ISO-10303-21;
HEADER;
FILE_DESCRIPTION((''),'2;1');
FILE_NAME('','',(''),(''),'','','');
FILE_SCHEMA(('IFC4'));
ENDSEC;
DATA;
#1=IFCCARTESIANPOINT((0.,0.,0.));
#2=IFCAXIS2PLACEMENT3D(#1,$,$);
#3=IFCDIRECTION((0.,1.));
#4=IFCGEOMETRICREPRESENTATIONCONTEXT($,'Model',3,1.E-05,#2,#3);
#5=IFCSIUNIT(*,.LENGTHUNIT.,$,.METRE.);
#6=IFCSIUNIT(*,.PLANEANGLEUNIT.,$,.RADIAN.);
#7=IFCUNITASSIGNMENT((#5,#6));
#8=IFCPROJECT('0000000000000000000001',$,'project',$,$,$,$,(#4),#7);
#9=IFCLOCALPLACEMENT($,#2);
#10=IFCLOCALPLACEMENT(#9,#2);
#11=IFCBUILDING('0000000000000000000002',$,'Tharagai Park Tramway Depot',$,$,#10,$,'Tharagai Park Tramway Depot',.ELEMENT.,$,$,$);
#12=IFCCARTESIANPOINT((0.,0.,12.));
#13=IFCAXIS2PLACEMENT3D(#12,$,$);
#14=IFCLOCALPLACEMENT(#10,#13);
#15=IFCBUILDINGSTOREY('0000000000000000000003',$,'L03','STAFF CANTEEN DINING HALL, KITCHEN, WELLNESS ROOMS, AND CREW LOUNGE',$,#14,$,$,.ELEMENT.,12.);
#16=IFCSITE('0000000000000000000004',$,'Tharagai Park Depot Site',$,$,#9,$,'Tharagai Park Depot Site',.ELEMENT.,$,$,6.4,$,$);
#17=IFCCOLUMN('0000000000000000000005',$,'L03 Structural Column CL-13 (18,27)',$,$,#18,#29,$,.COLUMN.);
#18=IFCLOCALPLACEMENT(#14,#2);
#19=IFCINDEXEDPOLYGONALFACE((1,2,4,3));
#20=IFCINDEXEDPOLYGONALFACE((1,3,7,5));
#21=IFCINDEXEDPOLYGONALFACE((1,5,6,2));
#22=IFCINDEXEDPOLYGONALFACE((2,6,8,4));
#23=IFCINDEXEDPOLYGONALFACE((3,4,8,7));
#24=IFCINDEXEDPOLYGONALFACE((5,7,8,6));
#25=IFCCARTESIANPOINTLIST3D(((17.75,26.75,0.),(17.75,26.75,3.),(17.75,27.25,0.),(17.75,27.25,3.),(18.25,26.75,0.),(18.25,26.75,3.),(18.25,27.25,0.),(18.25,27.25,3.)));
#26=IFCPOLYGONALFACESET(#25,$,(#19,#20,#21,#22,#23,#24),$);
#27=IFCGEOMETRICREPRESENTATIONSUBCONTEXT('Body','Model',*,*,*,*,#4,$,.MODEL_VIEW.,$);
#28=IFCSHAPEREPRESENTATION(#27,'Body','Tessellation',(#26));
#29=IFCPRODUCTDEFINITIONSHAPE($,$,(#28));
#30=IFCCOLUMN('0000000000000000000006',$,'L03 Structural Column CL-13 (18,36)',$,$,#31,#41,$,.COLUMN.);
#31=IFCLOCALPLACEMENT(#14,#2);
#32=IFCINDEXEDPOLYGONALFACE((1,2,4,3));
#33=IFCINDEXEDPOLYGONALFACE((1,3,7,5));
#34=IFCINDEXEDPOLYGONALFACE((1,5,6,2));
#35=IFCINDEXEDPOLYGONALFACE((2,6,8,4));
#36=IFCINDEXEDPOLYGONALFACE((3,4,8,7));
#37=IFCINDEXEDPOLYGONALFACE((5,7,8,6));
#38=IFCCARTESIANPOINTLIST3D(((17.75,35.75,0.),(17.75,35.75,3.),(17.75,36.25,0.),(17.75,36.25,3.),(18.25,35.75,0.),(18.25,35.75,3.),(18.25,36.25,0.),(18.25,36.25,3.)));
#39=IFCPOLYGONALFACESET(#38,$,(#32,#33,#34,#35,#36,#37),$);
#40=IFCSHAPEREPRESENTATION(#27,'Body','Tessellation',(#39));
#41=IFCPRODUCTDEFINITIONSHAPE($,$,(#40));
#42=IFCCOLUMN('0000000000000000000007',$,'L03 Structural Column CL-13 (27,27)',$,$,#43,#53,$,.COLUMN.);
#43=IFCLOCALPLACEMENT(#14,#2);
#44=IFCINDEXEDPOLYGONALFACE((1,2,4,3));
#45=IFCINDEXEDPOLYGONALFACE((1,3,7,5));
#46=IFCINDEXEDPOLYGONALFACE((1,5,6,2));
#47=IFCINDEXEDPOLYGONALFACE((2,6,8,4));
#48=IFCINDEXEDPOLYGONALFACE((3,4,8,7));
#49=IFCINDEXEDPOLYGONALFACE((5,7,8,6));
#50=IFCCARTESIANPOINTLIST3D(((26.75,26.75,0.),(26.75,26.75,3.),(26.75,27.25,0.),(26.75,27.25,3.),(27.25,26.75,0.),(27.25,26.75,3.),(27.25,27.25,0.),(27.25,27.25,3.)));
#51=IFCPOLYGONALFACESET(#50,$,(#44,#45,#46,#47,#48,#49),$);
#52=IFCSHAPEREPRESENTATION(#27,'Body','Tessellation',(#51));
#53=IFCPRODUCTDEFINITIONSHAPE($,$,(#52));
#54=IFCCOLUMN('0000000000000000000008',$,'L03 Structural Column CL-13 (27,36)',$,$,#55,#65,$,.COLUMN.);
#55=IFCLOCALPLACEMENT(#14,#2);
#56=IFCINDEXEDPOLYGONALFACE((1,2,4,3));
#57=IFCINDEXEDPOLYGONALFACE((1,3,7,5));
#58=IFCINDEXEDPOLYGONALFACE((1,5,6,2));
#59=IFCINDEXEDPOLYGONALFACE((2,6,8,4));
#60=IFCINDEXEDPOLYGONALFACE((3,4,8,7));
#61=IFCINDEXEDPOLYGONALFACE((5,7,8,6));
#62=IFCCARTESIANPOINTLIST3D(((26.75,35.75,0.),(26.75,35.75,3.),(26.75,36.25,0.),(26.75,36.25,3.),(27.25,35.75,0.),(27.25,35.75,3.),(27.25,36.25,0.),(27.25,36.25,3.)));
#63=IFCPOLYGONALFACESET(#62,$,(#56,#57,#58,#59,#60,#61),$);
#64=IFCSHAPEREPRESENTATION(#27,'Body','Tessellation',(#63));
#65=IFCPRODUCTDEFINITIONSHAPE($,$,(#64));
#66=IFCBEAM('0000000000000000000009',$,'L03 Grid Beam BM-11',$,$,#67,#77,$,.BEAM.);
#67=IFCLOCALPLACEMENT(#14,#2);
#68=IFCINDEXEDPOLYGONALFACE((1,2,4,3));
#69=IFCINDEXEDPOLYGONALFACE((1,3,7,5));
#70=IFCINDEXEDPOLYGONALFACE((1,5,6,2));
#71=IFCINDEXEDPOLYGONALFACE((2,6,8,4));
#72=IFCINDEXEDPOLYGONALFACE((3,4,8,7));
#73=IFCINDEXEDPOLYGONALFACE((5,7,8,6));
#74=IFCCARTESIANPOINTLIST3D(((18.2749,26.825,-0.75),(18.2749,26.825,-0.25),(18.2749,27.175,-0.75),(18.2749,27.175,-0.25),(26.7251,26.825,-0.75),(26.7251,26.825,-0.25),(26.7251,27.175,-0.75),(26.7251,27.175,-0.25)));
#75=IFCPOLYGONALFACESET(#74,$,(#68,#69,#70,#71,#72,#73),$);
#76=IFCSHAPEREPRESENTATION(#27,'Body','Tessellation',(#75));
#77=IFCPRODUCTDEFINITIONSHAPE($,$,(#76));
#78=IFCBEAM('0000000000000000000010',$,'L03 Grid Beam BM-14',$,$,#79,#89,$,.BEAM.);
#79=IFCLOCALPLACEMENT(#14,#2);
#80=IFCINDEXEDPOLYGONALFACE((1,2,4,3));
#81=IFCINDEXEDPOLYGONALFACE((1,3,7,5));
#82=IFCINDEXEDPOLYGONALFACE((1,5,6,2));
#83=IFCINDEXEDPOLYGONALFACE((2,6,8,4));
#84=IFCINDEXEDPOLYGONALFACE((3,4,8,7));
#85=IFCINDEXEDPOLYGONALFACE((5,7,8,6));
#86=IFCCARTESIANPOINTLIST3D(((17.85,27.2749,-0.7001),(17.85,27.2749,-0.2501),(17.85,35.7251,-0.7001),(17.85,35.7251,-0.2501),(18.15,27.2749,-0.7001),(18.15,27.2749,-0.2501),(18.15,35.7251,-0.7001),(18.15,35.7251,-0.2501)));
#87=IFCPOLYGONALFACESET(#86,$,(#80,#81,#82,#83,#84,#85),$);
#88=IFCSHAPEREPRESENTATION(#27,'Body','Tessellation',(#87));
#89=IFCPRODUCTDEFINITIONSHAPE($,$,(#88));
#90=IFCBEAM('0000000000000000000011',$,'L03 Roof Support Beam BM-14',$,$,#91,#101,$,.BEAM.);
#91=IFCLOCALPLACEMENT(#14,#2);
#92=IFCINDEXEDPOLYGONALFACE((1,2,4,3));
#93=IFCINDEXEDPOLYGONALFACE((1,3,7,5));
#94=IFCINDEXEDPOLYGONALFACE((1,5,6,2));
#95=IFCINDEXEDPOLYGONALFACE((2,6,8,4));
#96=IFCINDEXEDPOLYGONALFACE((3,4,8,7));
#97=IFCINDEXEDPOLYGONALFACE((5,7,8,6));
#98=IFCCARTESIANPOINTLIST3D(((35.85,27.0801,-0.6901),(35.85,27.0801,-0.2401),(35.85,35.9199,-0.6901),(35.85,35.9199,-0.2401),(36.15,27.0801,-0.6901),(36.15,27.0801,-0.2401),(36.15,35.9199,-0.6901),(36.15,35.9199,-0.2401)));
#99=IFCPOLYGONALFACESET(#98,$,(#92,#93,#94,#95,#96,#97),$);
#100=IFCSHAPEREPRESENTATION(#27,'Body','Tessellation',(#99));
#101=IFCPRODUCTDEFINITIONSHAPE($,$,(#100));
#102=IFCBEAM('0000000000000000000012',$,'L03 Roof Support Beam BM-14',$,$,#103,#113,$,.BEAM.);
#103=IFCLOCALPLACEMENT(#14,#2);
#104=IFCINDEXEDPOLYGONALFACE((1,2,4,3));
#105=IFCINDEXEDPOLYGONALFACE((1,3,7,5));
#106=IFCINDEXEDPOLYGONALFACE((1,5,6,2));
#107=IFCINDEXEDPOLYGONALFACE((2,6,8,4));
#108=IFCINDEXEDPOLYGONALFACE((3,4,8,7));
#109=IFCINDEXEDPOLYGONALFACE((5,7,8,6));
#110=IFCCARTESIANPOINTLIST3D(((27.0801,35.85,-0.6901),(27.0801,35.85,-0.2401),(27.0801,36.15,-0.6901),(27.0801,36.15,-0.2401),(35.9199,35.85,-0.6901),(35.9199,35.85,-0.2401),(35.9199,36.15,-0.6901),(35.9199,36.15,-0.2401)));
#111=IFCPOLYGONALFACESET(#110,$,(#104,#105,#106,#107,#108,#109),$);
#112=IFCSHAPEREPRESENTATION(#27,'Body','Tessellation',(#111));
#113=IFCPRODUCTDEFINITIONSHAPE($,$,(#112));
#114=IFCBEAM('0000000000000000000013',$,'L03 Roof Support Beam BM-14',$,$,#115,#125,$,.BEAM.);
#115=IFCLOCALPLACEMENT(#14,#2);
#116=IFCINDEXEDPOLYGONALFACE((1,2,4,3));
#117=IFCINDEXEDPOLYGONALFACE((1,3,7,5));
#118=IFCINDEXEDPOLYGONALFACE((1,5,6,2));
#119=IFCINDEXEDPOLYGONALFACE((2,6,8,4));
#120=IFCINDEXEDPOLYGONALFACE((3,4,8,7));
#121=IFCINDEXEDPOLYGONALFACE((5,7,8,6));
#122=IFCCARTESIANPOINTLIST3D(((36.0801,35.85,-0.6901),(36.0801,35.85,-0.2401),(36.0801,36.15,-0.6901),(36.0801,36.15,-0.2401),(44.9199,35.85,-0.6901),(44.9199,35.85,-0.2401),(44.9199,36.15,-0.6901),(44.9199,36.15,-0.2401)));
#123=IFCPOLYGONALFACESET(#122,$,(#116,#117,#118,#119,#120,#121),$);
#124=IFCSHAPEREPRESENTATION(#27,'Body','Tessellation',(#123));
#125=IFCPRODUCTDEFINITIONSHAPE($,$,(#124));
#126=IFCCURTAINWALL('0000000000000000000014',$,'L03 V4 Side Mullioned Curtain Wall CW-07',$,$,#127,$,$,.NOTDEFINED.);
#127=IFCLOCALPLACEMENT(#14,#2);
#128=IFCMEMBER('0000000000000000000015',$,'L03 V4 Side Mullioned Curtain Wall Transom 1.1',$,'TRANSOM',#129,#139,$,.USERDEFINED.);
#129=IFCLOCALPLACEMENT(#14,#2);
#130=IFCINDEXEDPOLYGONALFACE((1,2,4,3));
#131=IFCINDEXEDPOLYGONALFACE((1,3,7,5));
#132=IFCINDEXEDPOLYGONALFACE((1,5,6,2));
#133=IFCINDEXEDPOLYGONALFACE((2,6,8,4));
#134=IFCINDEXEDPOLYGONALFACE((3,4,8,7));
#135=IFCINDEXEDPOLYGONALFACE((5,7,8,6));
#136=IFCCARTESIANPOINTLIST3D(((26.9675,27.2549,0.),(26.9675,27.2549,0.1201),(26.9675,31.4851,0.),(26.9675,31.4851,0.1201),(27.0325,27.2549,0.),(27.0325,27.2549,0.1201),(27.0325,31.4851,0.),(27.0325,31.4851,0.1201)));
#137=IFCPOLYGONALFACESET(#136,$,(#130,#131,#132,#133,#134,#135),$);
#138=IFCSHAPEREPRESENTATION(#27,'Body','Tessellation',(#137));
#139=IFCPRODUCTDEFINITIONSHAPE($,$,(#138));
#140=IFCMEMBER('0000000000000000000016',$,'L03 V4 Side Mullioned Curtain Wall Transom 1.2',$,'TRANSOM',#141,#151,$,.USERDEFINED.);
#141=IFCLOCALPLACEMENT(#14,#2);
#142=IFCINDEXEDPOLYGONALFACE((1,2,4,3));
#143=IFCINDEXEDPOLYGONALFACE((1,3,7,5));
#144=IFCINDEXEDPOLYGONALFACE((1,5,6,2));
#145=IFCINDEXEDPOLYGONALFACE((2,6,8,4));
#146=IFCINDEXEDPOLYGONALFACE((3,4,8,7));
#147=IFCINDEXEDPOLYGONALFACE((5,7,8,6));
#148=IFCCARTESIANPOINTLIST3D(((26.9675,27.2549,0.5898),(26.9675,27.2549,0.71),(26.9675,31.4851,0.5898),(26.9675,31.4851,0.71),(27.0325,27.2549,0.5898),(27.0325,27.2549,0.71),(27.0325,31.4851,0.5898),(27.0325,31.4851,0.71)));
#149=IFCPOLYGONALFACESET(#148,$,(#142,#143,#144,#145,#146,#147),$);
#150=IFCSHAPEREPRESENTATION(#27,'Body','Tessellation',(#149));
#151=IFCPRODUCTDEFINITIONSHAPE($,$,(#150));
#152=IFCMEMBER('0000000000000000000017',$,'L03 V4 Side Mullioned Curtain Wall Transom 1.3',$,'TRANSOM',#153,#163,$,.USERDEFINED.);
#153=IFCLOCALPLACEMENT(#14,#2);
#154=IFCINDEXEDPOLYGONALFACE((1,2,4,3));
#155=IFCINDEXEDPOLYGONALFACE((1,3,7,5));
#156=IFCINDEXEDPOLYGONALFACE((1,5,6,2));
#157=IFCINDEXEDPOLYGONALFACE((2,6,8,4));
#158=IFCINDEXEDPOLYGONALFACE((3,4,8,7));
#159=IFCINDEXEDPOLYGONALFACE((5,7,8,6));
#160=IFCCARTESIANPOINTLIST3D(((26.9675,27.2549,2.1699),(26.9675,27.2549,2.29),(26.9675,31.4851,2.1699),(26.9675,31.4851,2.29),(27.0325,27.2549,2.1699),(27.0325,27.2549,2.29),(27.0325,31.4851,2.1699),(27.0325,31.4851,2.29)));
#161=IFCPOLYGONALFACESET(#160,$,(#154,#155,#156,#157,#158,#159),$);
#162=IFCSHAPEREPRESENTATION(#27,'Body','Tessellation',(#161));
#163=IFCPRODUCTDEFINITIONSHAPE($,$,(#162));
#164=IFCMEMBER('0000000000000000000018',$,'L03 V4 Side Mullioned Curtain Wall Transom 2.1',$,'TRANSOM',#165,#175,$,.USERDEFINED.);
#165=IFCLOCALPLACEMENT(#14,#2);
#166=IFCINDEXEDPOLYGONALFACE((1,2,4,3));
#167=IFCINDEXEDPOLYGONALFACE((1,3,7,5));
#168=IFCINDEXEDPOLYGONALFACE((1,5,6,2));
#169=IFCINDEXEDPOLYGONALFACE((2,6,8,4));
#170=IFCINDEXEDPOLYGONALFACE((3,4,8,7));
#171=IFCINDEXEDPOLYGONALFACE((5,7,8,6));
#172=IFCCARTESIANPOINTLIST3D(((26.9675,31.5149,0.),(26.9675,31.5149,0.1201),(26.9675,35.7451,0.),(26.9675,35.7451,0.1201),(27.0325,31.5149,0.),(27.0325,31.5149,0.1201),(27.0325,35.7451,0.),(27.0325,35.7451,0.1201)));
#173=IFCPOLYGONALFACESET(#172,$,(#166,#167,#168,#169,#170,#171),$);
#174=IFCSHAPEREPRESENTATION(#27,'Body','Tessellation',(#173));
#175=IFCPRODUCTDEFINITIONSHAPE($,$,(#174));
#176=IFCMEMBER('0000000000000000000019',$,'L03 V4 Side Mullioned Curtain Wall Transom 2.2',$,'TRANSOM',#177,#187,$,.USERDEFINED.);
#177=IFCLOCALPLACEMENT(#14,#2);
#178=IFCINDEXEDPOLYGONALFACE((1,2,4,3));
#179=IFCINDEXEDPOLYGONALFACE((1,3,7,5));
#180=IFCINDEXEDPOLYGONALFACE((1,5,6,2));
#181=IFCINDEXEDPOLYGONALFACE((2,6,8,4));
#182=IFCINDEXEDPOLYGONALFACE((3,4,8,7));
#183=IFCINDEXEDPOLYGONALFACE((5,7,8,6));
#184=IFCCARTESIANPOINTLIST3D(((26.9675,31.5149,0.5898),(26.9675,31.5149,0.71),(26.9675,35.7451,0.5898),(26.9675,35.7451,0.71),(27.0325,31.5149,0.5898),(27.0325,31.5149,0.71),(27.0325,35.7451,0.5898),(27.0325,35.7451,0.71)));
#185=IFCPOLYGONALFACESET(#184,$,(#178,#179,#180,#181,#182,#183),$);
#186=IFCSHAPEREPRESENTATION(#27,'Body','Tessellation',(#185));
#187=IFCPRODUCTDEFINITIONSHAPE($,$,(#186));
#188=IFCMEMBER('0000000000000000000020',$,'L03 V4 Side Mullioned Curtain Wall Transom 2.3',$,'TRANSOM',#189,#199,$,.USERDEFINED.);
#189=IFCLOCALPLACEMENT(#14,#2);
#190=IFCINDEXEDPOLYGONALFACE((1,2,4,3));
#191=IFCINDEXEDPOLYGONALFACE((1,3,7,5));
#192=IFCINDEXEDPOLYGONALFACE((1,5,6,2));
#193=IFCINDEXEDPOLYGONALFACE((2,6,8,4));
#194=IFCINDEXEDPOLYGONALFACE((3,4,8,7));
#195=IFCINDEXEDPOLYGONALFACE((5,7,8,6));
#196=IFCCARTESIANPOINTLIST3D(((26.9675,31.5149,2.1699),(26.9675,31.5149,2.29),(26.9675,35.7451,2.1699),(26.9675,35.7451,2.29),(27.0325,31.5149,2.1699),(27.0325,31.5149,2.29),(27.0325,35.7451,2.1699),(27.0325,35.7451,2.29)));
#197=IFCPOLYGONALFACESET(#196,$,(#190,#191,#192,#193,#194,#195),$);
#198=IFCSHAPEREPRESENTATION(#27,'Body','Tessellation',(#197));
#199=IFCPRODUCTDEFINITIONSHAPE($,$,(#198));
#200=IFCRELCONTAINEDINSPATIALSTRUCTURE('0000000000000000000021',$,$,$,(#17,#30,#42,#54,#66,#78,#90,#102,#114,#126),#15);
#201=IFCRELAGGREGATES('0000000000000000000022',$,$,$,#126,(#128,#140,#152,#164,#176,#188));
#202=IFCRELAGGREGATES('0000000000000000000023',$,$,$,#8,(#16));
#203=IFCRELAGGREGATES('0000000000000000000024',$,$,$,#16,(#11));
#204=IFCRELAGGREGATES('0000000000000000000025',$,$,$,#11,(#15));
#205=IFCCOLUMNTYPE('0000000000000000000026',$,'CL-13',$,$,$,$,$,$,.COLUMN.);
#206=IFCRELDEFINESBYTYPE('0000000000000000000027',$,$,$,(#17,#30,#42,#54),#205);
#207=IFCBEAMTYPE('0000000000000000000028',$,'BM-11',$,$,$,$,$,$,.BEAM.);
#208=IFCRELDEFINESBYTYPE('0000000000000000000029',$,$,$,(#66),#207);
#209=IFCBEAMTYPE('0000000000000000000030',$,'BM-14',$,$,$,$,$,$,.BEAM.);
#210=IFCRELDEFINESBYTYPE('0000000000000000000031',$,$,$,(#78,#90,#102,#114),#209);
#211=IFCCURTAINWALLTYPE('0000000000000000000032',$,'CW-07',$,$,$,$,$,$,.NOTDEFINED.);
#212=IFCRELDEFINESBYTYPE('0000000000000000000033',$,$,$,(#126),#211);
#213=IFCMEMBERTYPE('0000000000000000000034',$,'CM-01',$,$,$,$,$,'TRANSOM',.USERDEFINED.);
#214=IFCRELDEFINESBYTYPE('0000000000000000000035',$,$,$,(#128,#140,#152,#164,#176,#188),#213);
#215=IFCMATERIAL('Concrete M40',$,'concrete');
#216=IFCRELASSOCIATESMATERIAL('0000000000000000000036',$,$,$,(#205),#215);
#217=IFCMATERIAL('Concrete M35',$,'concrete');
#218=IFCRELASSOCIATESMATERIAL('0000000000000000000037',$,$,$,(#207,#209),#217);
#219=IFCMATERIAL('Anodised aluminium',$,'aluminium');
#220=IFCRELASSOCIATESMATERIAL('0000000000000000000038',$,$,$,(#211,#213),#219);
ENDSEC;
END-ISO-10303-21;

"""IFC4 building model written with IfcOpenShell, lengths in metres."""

from ifc_helpers import new_model, si_unit, direction, frame, origin, origin_2d, place, context, subcontext, project, spatial, rectangle, extrude, material, material_profile, profile_set, type_object, element, aggregate, save


model = new_model("IFC4")

# Units and contexts
model_context = context("Model", 3, precision=1e-05, world=origin(), true_north=direction((0.0, 1.0)))
body_context = subcontext(model_context, "Body", "Model", "MODEL_VIEW")
ifc_project = project(units=[si_unit("LENGTHUNIT", "METRE"), si_unit("PLANEANGLEUNIT", "RADIAN")], contexts=[model_context])

# Site, building, storey
site_placement = place(None, origin())
site = spatial("IfcSite", under=ifc_project, at=site_placement, Name="Tharagai Park Depot Site", LongName="Tharagai Park Depot Site", CompositionType="ELEMENT", RefElevation=6.4)
building_placement = place(site_placement, origin())
building = spatial("IfcBuilding", under=site, at=building_placement, Name="Tharagai Park Tramway Depot", LongName="Tharagai Park Tramway Depot", CompositionType="ELEMENT")
storey_placement = place(building_placement, frame((0.0, 0.0, 12.0)))
storey = spatial("IfcBuildingStorey", under=building, at=storey_placement, Name="L03", Description="STAFF CANTEEN DINING HALL, KITCHEN, WELLNESS ROOMS, AND CREW LOUNGE", CompositionType="ELEMENT", Elevation=12.0)

# Columns
ifc_material_1 = material(Name="Concrete M40", Category="concrete")
ifc_material_profile_1 = material_profile(ifc_material_1, rectangle(XDim=0.5, YDim=0.5, at=origin_2d()), Name="RC 500x500")
ifc_profile_set_1 = profile_set([ifc_material_profile_1], Name="Concrete M40")
column_type = type_object("IfcColumnType", Name="CL-13", PredefinedType="COLUMN", material=ifc_profile_set_1)
for number, where, z_axis, x_axis, name in (
    (1, (18.0, 27.0, 0.0), (0.0, 0.0, 1.0), (1.0, 0.0, 0.0), "L03 Structural Column CL-13 (18,27)"),
    (2, (18.0, 36.0, 0.0), (0.0, 0.0, 1.0), (1.0, 0.0, 0.0), "L03 Structural Column CL-13 (18,36)"),
    (3, (27.0, 27.0, 0.0), (0.0, 0.0, 1.0), (1.0, 0.0, 0.0), "L03 Structural Column CL-13 (27,27)"),
    (4, (27.0, 36.0, 0.0), (0.0, 0.0, 1.0), (1.0, 0.0, 0.0), "L03 Structural Column CL-13 (27,36)"),
):
    element("IfcColumn", number, at=place(storey_placement, frame(where, z_axis=z_axis, x_axis=x_axis)), inside=storey, type_object=column_type, Name=name, PredefinedType="COLUMN", context=body_context, shape_type="SweptSolid", body=[
        extrude(rectangle(XDim=0.5, YDim=0.5, at=origin_2d()), origin(), (0.0, 0.0, 1.0), 3.0),
    ])

# Beams
ifc_material_2 = material(Name="Concrete M35", Category="concrete")
ifc_material_profile_2 = material_profile(ifc_material_2, rectangle(XDim=0.3501, YDim=0.5, at=origin_2d()), Name="RC 350x500")
ifc_profile_set_2 = profile_set([ifc_material_profile_2], Name="Concrete M35")
beam_type_1 = type_object("IfcBeamType", Name="BM-11", PredefinedType="BEAM", material=ifc_profile_set_2)
beam_1_placement = place(storey_placement, frame((18.2749, 27.0, -0.5), z_axis=(1.0, 0.0, 0.0), x_axis=(0.0, 1.0, 0.0)))
element("IfcBeam", 5, at=beam_1_placement, inside=storey, type_object=beam_type_1, Name="L03 Grid Beam BM-11", PredefinedType="BEAM", context=body_context, shape_type="SweptSolid", body=[
    extrude(rectangle(XDim=0.3501, YDim=0.5, at=origin_2d()), origin(), (0.0, 0.0, 1.0), 8.4502),
])
ifc_material_profile_3 = material_profile(ifc_material_2, rectangle(XDim=0.3, YDim=0.45, at=origin_2d()), Name="RC 300x450")
ifc_profile_set_3 = profile_set([ifc_material_profile_3], Name="Concrete M35")
beam_type_2 = type_object("IfcBeamType", Name="BM-14", PredefinedType="BEAM", material=ifc_profile_set_3)
beam_2_placement = place(storey_placement, frame((18.0, 27.2749, -0.4751), z_axis=(0.0, 1.0, 0.0), x_axis=(-1.0, 0.0, 0.0)))
element("IfcBeam", 6, at=beam_2_placement, inside=storey, type_object=beam_type_2, Name="L03 Grid Beam BM-14", PredefinedType="BEAM", context=body_context, shape_type="SweptSolid", body=[
    extrude(rectangle(XDim=0.3, YDim=0.45, at=origin_2d()), origin(), (0.0, 0.0, 1.0), 8.4502),
])
for number, where, z_axis, x_axis, name in (
    (7, (36.0, 27.0801, -0.4651), (0.0, 1.0, 0.0), (-1.0, 0.0, 0.0), "L03 Roof Support Beam BM-14"),
    (8, (27.0801, 36.0, -0.4651), (1.0, 0.0, 0.0), (0.0, 1.0, 0.0), "L03 Roof Support Beam BM-14"),
    (9, (36.0801, 36.0, -0.4651), (1.0, 0.0, 0.0), (0.0, 1.0, 0.0), "L03 Roof Support Beam BM-14"),
):
    element("IfcBeam", number, at=place(storey_placement, frame(where, z_axis=z_axis, x_axis=x_axis)), inside=storey, type_object=beam_type_2, Name=name, PredefinedType="BEAM", context=body_context, shape_type="SweptSolid", body=[
        extrude(rectangle(XDim=0.3, YDim=0.45, at=origin_2d()), origin(), (0.0, 0.0, 1.0), 8.8398),
    ])

# Curtain wall, members
ifc_material_3 = material(Name="Anodised aluminium", Category="aluminium")
curtain_wall_type = type_object("IfcCurtainWallType", Name="CW-07", PredefinedType="NOTDEFINED", material=ifc_material_3)
curtain_wall_placement = place(storey_placement, origin())
curtain_wall = element("IfcCurtainWall", 10, at=curtain_wall_placement, inside=storey, type_object=curtain_wall_type, Name="L03 V4 Side Mullioned Curtain Wall CW-07", PredefinedType="NOTDEFINED")
ifc_material_profile_4 = material_profile(ifc_material_3, rectangle(XDim=0.0649, YDim=0.1201, at=origin_2d()), Name="ALU 65x120")
ifc_profile_set_4 = profile_set([ifc_material_profile_4], Name="Anodised aluminium")
member_type_1 = type_object("IfcMemberType", Name="CM-01", ElementType="TRANSOM", PredefinedType="USERDEFINED", material=ifc_profile_set_4)
member_1_placement = place(storey_placement, frame((27.0, 27.2549, 0.0601), z_axis=(0.0, 1.0, 0.0), x_axis=(-1.0, 0.0, 0.0)))
member_1 = element("IfcMember", 11, at=member_1_placement, type_object=member_type_1, Name="L03 V4 Side Mullioned Curtain Wall Transom 1.1", ObjectType="TRANSOM", PredefinedType="USERDEFINED", context=body_context, shape_type="SweptSolid", body=[
    extrude(rectangle(XDim=0.0649, YDim=0.1201, at=origin_2d()), origin(), (0.0, 0.0, 1.0), 4.2302),
])
member_2_placement = place(storey_placement, frame((27.0, 27.2549, 0.6499), z_axis=(0.0, 1.0, 0.0), x_axis=(-1.0, 0.0, 0.0)))
member_2 = element("IfcMember", 12, at=member_2_placement, type_object=member_type_1, Name="L03 V4 Side Mullioned Curtain Wall Transom 1.2", ObjectType="TRANSOM", PredefinedType="USERDEFINED", context=body_context, shape_type="SweptSolid", body=[
    extrude(rectangle(XDim=0.0649, YDim=0.1201, at=origin_2d()), origin(), (0.0, 0.0, 1.0), 4.2302),
])
member_3_placement = place(storey_placement, frame((27.0, 27.2549, 2.23), z_axis=(0.0, 1.0, 0.0), x_axis=(-1.0, 0.0, 0.0)))
member_3 = element("IfcMember", 13, at=member_3_placement, type_object=member_type_1, Name="L03 V4 Side Mullioned Curtain Wall Transom 1.3", ObjectType="TRANSOM", PredefinedType="USERDEFINED", context=body_context, shape_type="SweptSolid", body=[
    extrude(rectangle(XDim=0.0649, YDim=0.1201, at=origin_2d()), origin(), (0.0, 0.0, 1.0), 4.2302),
])
member_4_placement = place(storey_placement, frame((27.0, 31.5149, 0.0601), z_axis=(0.0, 1.0, 0.0), x_axis=(-1.0, 0.0, 0.0)))
member_4 = element("IfcMember", 14, at=member_4_placement, type_object=member_type_1, Name="L03 V4 Side Mullioned Curtain Wall Transom 2.1", ObjectType="TRANSOM", PredefinedType="USERDEFINED", context=body_context, shape_type="SweptSolid", body=[
    extrude(rectangle(XDim=0.0649, YDim=0.1201, at=origin_2d()), origin(), (0.0, 0.0, 1.0), 4.2302),
])
member_5_placement = place(storey_placement, frame((27.0, 31.5149, 0.6499), z_axis=(0.0, 1.0, 0.0), x_axis=(-1.0, 0.0, 0.0)))
member_5 = element("IfcMember", 15, at=member_5_placement, type_object=member_type_1, Name="L03 V4 Side Mullioned Curtain Wall Transom 2.2", ObjectType="TRANSOM", PredefinedType="USERDEFINED", context=body_context, shape_type="SweptSolid", body=[
    extrude(rectangle(XDim=0.0649, YDim=0.1201, at=origin_2d()), origin(), (0.0, 0.0, 1.0), 4.2302),
])
member_6_placement = place(storey_placement, frame((27.0, 31.5149, 2.23), z_axis=(0.0, 1.0, 0.0), x_axis=(-1.0, 0.0, 0.0)))
member_6 = element("IfcMember", 16, at=member_6_placement, type_object=member_type_1, Name="L03 V4 Side Mullioned Curtain Wall Transom 2.3", ObjectType="TRANSOM", PredefinedType="USERDEFINED", context=body_context, shape_type="SweptSolid", body=[
    extrude(rectangle(XDim=0.0649, YDim=0.1201, at=origin_2d()), origin(), (0.0, 0.0, 1.0), 4.2302),
])

aggregate(curtain_wall, [member_1, member_2, member_3, member_4, member_5, member_6])

save(model, "model.ifc")
